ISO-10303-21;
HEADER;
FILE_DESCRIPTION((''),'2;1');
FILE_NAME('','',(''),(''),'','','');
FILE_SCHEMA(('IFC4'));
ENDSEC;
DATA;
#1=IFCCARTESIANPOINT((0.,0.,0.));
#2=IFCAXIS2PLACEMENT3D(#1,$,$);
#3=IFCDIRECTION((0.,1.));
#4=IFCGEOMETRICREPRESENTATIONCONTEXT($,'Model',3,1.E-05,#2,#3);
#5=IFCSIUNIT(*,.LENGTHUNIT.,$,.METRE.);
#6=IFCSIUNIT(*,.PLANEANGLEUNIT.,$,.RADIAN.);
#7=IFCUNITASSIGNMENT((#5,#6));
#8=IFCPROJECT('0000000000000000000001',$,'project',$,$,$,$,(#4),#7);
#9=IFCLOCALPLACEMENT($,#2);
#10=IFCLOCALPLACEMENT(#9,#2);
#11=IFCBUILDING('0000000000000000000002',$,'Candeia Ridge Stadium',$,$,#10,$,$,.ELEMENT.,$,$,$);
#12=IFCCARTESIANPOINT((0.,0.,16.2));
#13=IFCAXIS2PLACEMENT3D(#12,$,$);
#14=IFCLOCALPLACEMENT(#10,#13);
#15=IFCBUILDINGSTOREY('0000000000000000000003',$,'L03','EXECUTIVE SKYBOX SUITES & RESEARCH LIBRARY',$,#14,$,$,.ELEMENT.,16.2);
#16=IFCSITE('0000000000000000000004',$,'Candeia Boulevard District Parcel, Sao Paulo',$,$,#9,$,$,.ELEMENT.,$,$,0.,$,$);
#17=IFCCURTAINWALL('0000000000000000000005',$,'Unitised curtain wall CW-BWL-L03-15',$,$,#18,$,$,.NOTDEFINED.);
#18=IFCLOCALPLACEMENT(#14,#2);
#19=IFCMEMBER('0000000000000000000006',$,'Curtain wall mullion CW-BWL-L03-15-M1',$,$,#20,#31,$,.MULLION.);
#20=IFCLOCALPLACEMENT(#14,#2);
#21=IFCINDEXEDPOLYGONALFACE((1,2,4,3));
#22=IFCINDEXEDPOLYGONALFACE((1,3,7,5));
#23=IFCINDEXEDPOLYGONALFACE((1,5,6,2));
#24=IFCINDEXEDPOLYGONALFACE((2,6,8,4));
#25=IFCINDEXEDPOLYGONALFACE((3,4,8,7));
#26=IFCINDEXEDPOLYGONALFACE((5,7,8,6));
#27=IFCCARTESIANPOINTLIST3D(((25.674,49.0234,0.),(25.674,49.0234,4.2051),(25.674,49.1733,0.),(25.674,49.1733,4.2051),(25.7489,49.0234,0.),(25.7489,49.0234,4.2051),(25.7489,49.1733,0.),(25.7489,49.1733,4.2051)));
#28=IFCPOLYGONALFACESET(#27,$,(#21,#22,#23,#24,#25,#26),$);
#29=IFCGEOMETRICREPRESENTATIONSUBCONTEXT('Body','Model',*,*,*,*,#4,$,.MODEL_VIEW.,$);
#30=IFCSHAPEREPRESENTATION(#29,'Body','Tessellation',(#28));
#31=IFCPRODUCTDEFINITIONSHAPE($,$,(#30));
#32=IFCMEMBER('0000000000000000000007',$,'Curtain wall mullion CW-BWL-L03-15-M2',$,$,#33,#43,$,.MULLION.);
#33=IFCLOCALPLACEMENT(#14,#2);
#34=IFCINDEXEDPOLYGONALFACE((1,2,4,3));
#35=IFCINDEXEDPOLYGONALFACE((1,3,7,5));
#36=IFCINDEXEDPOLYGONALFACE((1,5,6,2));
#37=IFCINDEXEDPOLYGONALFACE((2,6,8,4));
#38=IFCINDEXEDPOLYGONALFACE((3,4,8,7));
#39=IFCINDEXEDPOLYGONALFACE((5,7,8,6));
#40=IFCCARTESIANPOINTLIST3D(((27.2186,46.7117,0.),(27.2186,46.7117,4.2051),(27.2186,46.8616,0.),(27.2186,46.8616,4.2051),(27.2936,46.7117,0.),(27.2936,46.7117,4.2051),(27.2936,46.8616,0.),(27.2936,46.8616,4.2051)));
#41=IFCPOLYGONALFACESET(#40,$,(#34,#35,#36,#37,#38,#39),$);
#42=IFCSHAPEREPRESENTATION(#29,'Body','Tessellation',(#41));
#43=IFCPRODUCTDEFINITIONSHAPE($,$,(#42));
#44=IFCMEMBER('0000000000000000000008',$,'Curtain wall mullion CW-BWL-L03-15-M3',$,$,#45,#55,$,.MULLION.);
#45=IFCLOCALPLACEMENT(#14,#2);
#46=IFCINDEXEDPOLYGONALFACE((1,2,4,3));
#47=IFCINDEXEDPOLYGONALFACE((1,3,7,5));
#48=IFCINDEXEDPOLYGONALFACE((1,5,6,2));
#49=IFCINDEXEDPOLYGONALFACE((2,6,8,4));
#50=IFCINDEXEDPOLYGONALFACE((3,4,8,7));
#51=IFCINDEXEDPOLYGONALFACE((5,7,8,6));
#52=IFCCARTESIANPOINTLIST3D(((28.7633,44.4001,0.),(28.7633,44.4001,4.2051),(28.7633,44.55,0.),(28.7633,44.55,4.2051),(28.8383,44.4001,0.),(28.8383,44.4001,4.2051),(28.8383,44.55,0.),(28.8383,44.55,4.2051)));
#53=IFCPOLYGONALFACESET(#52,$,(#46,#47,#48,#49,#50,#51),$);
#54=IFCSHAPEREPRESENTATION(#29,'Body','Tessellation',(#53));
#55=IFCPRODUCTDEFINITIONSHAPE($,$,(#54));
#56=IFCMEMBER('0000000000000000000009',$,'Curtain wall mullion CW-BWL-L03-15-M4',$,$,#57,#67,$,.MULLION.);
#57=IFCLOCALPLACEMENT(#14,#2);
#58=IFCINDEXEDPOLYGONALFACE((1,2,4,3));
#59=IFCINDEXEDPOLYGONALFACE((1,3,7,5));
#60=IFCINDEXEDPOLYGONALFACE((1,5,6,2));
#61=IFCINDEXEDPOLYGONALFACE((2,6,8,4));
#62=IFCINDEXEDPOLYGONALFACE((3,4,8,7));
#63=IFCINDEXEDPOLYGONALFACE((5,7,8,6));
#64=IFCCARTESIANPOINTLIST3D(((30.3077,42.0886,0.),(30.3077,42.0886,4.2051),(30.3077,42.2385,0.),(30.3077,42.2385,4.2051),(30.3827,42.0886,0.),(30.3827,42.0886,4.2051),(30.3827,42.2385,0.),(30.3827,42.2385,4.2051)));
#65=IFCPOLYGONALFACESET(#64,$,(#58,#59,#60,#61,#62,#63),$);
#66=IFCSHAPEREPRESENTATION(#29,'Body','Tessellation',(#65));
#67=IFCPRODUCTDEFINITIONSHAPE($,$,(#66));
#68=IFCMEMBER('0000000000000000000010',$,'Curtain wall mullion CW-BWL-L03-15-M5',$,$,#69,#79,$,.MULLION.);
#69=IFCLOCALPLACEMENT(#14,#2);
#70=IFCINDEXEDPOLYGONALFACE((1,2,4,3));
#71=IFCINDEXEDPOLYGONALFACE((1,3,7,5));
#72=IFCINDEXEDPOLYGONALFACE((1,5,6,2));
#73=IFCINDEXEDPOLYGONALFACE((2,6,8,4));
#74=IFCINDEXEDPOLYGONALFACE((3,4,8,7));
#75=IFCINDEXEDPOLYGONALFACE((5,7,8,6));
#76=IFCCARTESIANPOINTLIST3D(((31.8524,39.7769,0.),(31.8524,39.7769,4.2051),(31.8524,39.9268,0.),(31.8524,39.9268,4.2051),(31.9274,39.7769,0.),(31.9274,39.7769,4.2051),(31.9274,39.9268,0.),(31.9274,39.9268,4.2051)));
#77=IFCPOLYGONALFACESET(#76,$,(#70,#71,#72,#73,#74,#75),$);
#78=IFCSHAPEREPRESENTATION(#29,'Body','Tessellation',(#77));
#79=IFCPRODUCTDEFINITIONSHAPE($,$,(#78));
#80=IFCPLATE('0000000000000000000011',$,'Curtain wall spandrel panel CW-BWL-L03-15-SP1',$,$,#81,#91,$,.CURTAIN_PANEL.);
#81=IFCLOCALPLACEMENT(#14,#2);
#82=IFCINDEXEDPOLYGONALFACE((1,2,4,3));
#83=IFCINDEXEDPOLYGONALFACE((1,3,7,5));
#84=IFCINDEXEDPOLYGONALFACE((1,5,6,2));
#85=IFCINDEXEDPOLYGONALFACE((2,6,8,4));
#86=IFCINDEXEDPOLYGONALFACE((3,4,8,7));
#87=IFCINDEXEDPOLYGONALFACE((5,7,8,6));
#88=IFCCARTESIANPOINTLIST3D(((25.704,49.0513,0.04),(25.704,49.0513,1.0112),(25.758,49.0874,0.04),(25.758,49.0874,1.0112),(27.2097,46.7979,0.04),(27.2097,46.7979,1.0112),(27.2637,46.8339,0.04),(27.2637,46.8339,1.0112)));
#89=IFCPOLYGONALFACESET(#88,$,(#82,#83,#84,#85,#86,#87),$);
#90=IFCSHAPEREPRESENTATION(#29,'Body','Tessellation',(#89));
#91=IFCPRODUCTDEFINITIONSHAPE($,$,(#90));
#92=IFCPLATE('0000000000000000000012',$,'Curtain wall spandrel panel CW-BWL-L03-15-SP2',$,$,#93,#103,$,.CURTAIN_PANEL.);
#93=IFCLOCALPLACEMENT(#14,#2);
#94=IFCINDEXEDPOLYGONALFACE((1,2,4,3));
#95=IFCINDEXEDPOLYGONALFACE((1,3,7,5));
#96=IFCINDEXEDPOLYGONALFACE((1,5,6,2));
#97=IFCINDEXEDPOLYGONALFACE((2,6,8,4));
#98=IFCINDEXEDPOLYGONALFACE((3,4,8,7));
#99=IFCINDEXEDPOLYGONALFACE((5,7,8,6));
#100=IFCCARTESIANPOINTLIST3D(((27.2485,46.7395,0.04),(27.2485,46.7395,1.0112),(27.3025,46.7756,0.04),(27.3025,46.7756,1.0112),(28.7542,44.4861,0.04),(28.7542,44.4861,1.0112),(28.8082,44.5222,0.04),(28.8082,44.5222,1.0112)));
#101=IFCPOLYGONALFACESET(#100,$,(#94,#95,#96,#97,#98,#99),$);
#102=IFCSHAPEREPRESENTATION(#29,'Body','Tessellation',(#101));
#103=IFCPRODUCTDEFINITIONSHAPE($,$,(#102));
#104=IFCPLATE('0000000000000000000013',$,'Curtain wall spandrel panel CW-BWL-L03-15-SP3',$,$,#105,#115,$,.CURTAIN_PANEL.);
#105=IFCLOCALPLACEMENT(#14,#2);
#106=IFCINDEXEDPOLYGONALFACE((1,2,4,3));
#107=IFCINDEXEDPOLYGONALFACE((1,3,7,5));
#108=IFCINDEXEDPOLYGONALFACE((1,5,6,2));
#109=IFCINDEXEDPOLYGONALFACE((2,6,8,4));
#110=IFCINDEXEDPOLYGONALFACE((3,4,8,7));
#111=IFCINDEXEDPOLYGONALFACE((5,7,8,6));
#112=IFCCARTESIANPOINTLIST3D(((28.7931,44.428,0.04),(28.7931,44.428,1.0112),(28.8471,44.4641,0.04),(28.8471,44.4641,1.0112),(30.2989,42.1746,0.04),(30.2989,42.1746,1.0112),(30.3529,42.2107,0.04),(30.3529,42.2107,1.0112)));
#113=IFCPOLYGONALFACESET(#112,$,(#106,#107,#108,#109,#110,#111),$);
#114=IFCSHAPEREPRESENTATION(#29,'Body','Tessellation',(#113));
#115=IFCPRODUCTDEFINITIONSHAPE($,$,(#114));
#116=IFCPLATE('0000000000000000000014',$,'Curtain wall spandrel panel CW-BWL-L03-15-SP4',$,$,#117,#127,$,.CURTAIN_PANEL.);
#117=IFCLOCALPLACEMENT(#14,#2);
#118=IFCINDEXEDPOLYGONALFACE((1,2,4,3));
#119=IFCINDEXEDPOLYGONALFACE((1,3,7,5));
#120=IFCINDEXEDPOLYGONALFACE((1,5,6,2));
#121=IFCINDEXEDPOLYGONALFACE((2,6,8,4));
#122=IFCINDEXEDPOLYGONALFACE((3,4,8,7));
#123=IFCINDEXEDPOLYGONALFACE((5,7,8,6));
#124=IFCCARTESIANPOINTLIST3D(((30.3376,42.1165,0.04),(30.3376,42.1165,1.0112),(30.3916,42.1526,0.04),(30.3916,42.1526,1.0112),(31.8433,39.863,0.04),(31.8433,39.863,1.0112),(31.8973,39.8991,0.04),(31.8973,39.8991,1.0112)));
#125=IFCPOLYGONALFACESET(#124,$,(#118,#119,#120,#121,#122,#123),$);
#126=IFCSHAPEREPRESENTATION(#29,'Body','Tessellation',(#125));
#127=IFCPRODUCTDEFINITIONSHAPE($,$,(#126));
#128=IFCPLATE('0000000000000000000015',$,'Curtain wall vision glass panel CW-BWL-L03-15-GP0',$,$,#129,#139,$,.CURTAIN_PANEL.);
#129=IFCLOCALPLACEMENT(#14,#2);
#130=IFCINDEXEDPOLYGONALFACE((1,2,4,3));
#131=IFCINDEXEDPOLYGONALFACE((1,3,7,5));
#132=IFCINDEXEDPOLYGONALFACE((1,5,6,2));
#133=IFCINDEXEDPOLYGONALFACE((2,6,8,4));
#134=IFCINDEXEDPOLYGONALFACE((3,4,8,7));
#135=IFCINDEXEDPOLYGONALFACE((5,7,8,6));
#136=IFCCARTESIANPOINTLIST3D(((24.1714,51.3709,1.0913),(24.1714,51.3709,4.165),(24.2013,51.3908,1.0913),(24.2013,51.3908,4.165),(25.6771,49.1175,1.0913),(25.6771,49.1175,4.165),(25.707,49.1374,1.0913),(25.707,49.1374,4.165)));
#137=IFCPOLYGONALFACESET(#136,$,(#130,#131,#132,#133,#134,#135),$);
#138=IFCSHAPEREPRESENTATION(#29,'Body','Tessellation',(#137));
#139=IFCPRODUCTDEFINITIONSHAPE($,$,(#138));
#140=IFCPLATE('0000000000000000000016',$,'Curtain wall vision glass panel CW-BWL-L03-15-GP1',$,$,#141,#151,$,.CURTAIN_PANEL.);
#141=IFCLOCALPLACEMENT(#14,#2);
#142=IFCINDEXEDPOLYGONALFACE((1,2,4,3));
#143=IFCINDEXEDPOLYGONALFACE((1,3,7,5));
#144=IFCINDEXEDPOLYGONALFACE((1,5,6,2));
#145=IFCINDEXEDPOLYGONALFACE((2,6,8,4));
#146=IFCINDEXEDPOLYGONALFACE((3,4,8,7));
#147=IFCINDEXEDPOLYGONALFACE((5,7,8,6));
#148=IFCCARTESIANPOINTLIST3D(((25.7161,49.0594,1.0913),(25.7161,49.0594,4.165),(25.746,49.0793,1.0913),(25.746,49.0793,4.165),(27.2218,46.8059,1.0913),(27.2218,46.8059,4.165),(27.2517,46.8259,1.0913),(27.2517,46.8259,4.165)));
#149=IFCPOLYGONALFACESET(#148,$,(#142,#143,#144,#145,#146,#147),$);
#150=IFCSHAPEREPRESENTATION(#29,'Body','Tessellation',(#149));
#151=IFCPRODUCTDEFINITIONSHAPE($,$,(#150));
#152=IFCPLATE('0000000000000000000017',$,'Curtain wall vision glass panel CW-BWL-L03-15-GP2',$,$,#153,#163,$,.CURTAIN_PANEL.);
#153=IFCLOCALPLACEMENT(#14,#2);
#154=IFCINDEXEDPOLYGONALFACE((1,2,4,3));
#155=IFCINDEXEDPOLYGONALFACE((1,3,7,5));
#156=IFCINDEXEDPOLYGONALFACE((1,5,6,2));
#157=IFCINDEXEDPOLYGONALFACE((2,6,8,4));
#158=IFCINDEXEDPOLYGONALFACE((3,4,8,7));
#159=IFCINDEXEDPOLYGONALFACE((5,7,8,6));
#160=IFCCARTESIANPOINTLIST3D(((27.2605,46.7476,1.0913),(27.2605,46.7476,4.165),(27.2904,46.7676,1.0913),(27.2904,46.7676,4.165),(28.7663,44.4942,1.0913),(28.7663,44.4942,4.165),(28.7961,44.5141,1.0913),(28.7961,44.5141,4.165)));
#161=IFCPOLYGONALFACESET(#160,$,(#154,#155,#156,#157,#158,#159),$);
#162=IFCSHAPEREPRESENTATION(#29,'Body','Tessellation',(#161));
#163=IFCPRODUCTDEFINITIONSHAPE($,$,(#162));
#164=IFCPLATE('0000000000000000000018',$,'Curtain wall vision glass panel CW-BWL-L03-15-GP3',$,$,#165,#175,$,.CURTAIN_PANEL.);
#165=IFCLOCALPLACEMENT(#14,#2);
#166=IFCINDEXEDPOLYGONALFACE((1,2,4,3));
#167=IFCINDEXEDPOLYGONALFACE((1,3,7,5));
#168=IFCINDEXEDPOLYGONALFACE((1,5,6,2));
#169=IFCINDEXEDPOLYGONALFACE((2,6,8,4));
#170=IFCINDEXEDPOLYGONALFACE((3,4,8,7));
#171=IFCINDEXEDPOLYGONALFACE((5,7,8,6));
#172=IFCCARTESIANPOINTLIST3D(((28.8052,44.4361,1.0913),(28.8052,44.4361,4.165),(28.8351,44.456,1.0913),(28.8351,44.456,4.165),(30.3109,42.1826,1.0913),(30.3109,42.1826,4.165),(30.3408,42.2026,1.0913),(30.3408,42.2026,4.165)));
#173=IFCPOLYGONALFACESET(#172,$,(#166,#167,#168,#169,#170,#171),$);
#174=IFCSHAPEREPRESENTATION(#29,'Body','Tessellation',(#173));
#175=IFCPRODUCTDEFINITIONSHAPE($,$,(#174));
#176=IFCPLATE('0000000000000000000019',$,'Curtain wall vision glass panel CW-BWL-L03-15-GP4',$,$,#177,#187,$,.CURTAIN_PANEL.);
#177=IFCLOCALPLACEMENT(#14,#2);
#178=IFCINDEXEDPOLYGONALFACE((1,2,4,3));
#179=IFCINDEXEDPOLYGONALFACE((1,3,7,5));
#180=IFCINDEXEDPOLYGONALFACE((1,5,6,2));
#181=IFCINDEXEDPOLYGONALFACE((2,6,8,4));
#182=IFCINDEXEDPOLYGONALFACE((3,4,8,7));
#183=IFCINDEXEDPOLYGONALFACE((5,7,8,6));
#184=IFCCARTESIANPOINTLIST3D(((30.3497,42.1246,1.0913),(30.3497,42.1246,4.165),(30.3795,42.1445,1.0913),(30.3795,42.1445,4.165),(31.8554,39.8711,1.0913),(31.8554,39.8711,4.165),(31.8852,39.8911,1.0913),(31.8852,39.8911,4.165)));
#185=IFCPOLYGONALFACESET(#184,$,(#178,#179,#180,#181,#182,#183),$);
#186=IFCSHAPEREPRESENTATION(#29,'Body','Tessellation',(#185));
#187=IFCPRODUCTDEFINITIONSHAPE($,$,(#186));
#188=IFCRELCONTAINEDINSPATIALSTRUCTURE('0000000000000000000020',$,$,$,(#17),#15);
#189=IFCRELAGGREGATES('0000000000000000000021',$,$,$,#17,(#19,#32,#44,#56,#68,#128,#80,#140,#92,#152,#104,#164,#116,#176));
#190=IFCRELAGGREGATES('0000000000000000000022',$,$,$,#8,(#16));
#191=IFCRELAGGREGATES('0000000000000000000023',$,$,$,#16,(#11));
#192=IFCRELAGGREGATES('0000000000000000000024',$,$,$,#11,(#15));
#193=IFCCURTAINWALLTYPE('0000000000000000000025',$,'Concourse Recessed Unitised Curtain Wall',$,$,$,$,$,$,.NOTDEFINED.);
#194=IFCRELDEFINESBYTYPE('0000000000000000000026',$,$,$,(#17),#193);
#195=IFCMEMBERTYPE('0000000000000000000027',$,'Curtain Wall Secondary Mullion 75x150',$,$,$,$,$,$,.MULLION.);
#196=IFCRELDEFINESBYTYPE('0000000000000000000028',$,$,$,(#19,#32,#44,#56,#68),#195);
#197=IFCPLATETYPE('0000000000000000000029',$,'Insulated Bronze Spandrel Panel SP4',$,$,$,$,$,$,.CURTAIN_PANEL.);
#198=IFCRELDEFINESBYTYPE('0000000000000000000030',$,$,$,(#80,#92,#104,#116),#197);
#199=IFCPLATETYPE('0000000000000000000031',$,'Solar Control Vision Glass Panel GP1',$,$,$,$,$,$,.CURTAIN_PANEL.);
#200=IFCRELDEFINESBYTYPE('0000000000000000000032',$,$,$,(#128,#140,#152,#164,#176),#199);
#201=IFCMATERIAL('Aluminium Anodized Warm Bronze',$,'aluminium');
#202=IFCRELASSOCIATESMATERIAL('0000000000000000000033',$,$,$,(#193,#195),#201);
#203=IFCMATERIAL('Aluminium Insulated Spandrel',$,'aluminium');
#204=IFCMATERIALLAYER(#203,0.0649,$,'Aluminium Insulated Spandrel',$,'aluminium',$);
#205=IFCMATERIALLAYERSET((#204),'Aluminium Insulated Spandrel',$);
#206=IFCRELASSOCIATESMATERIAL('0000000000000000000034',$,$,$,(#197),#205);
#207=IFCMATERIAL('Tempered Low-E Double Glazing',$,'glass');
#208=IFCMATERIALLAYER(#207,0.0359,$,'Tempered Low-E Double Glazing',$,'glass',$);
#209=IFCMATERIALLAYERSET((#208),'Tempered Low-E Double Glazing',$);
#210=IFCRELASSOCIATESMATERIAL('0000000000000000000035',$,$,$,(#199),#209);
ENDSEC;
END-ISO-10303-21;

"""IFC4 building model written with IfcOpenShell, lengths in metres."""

from ifc_helpers import new_model, si_unit, direction, frame, origin, origin_2d, place, context, subcontext, project, spatial, rectangle, extrude, material, layer, layer_set, material_profile, profile_set, type_object, element, aggregate, save


model = new_model("IFC4")

# Units and contexts
model_context = context("Model", 3, precision=1e-05, world=origin(), true_north=direction((0.0, 1.0)))
body_context = subcontext(model_context, "Body", "Model", "MODEL_VIEW")
ifc_project = project(units=[si_unit("LENGTHUNIT", "METRE"), si_unit("PLANEANGLEUNIT", "RADIAN")], contexts=[model_context])

# Site, building, storey
site_placement = place(None, origin())
site = spatial("IfcSite", under=ifc_project, at=site_placement, Name="Candeia Boulevard District Parcel, Sao Paulo", CompositionType="ELEMENT", RefElevation=0.0)
building_placement = place(site_placement, origin())
building = spatial("IfcBuilding", under=site, at=building_placement, Name="Candeia Ridge Stadium", CompositionType="ELEMENT")
storey_placement = place(building_placement, frame((0.0, 0.0, 16.2)))
storey = spatial("IfcBuildingStorey", under=building, at=storey_placement, Name="L03", Description="EXECUTIVE SKYBOX SUITES & RESEARCH LIBRARY", CompositionType="ELEMENT", Elevation=16.2)

# Curtain wall, members, plates
ifc_material_1 = material(Name="Aluminium Anodized Warm Bronze", Category="aluminium")
curtain_wall_type = type_object("IfcCurtainWallType", Name="Concourse Recessed Unitised Curtain Wall", PredefinedType="NOTDEFINED", material=ifc_material_1)
curtain_wall_placement = place(storey_placement, origin())
curtain_wall = element("IfcCurtainWall", 1, at=curtain_wall_placement, inside=storey, type_object=curtain_wall_type, Name="Unitised curtain wall CW-BWL-L03-15", PredefinedType="NOTDEFINED")
ifc_material_profile = material_profile(ifc_material_1, rectangle(XDim=0.075, YDim=0.1499, at=origin_2d()), Name="CWM-75x150", Category="aluminium")
ifc_profile_set = profile_set([ifc_material_profile], Name="Aluminium Anodized Warm Bronze")
member_type = type_object("IfcMemberType", Name="Curtain Wall Secondary Mullion 75x150", PredefinedType="MULLION", material=ifc_profile_set)
member_1_placement = place(storey_placement, frame((25.7114, 49.0984, 0.0), z_axis=(0.0, 0.0, 1.0), x_axis=(1.0, 0.0, 0.0)))
member_1 = element("IfcMember", 2, at=member_1_placement, type_object=member_type, Name="Curtain wall mullion CW-BWL-L03-15-M1", PredefinedType="MULLION", context=body_context, shape_type="SweptSolid", body=[
    extrude(rectangle(XDim=0.075, YDim=0.1499, at=origin_2d()), origin(), (0.0, 0.0, 1.0), 4.2051),
])
member_2_placement = place(storey_placement, frame((27.2561, 46.7866, 0.0), z_axis=(0.0, 0.0, 1.0), x_axis=(1.0, 0.0, 0.0)))
member_2 = element("IfcMember", 3, at=member_2_placement, type_object=member_type, Name="Curtain wall mullion CW-BWL-L03-15-M2", PredefinedType="MULLION", context=body_context, shape_type="SweptSolid", body=[
    extrude(rectangle(XDim=0.075, YDim=0.1499, at=origin_2d()), origin(), (0.0, 0.0, 1.0), 4.2051),
])
member_3_placement = place(storey_placement, frame((28.8008, 44.4751, 0.0), z_axis=(0.0, 0.0, 1.0), x_axis=(1.0, 0.0, 0.0)))
member_3 = element("IfcMember", 4, at=member_3_placement, type_object=member_type, Name="Curtain wall mullion CW-BWL-L03-15-M3", PredefinedType="MULLION", context=body_context, shape_type="SweptSolid", body=[
    extrude(rectangle(XDim=0.075, YDim=0.1499, at=origin_2d()), origin(), (0.0, 0.0, 1.0), 4.2051),
])
member_4_placement = place(storey_placement, frame((30.3452, 42.1636, 0.0), z_axis=(0.0, 0.0, 1.0), x_axis=(1.0, 0.0, 0.0)))
member_4 = element("IfcMember", 5, at=member_4_placement, type_object=member_type, Name="Curtain wall mullion CW-BWL-L03-15-M4", PredefinedType="MULLION", context=body_context, shape_type="SweptSolid", body=[
    extrude(rectangle(XDim=0.075, YDim=0.1499, at=origin_2d()), origin(), (0.0, 0.0, 1.0), 4.2051),
])
member_5_placement = place(storey_placement, frame((31.8899, 39.8518, 0.0), z_axis=(0.0, 0.0, 1.0), x_axis=(1.0, 0.0, 0.0)))
member_5 = element("IfcMember", 6, at=member_5_placement, type_object=member_type, Name="Curtain wall mullion CW-BWL-L03-15-M5", PredefinedType="MULLION", context=body_context, shape_type="SweptSolid", body=[
    extrude(rectangle(XDim=0.075, YDim=0.1499, at=origin_2d()), origin(), (0.0, 0.0, 1.0), 4.2051),
])
ifc_material_2 = material(Name="Aluminium Insulated Spandrel", Category="aluminium")
ifc_layer_1 = layer(ifc_material_2, 0.0649, Name="Aluminium Insulated Spandrel", Category="aluminium")
ifc_layer_set_1 = layer_set([ifc_layer_1], Name="Aluminium Insulated Spandrel")
plate_type_1 = type_object("IfcPlateType", Name="Insulated Bronze Spandrel Panel SP4", PredefinedType="CURTAIN_PANEL", material=ifc_layer_set_1)
plate_1_placement = place(storey_placement, frame((26.4839, 47.9426, 0.04), z_axis=(0.0, 0.0, 1.0), x_axis=(0.555571, -0.831469, 0.0)))
plate_1 = element("IfcPlate", 7, at=plate_1_placement, type_object=plate_type_1, Name="Curtain wall spandrel panel CW-BWL-L03-15-SP1", PredefinedType="CURTAIN_PANEL", context=body_context, shape_type="SweptSolid", body=[
    extrude(rectangle(XDim=2.7102, YDim=0.0649, at=origin_2d()), origin(), (0.0, 0.0, 1.0), 0.9712),
])
plate_2_placement = place(storey_placement, frame((28.0283, 45.6309, 0.04), z_axis=(0.0, 0.0, 1.0), x_axis=(0.555571, -0.831469, 0.0)))
plate_2 = element("IfcPlate", 8, at=plate_2_placement, type_object=plate_type_1, Name="Curtain wall spandrel panel CW-BWL-L03-15-SP2", PredefinedType="CURTAIN_PANEL", context=body_context, shape_type="SweptSolid", body=[
    extrude(rectangle(XDim=2.7102, YDim=0.0649, at=origin_2d()), origin(), (0.0, 0.0, 1.0), 0.9712),
])
plate_3_placement = place(storey_placement, frame((29.573, 43.3193, 0.04), z_axis=(0.0, 0.0, 1.0), x_axis=(0.555571, -0.831469, 0.0)))
plate_3 = element("IfcPlate", 9, at=plate_3_placement, type_object=plate_type_1, Name="Curtain wall spandrel panel CW-BWL-L03-15-SP3", PredefinedType="CURTAIN_PANEL", context=body_context, shape_type="SweptSolid", body=[
    extrude(rectangle(XDim=2.7102, YDim=0.0649, at=origin_2d()), origin(), (0.0, 0.0, 1.0), 0.9712),
])
plate_4_placement = place(storey_placement, frame((31.1174, 41.0078, 0.04), z_axis=(0.0, 0.0, 1.0), x_axis=(0.555571, -0.831469, 0.0)))
plate_4 = element("IfcPlate", 10, at=plate_4_placement, type_object=plate_type_1, Name="Curtain wall spandrel panel CW-BWL-L03-15-SP4", PredefinedType="CURTAIN_PANEL", context=body_context, shape_type="SweptSolid", body=[
    extrude(rectangle(XDim=2.7102, YDim=0.0649, at=origin_2d()), origin(), (0.0, 0.0, 1.0), 0.9712),
])
ifc_material_3 = material(Name="Tempered Low-E Double Glazing", Category="glass")
ifc_layer_2 = layer(ifc_material_3, 0.0359, Name="Tempered Low-E Double Glazing", Category="glass")
ifc_layer_set_2 = layer_set([ifc_layer_2], Name="Tempered Low-E Double Glazing")
plate_type_2 = type_object("IfcPlateType", Name="Solar Control Vision Glass Panel GP1", PredefinedType="CURTAIN_PANEL", material=ifc_layer_set_2)
plate_5_placement = place(storey_placement, frame((24.9392, 50.2542, 1.0913), z_axis=(0.0, 0.0, 1.0), x_axis=(0.555571, -0.831469, 0.0)))
plate_5 = element("IfcPlate", 11, at=plate_5_placement, type_object=plate_type_2, Name="Curtain wall vision glass panel CW-BWL-L03-15-GP0", PredefinedType="CURTAIN_PANEL", context=body_context, shape_type="SweptSolid", body=[
    extrude(rectangle(XDim=2.7102, YDim=0.0359, at=origin_2d()), origin(), (0.0, 0.0, 1.0), 3.0737),
])
plate_6_placement = place(storey_placement, frame((26.4839, 47.9426, 1.0913), z_axis=(0.0, 0.0, 1.0), x_axis=(0.555571, -0.831469, 0.0)))
plate_6 = element("IfcPlate", 12, at=plate_6_placement, type_object=plate_type_2, Name="Curtain wall vision glass panel CW-BWL-L03-15-GP1", PredefinedType="CURTAIN_PANEL", context=body_context, shape_type="SweptSolid", body=[
    extrude(rectangle(XDim=2.7102, YDim=0.0359, at=origin_2d()), origin(), (0.0, 0.0, 1.0), 3.0737),
])
plate_7_placement = place(storey_placement, frame((28.0283, 45.6309, 1.0913), z_axis=(0.0, 0.0, 1.0), x_axis=(0.555571, -0.831469, 0.0)))
plate_7 = element("IfcPlate", 13, at=plate_7_placement, type_object=plate_type_2, Name="Curtain wall vision glass panel CW-BWL-L03-15-GP2", PredefinedType="CURTAIN_PANEL", context=body_context, shape_type="SweptSolid", body=[
    extrude(rectangle(XDim=2.7102, YDim=0.0359, at=origin_2d()), origin(), (0.0, 0.0, 1.0), 3.0737),
])
plate_8_placement = place(storey_placement, frame((29.573, 43.3193, 1.0913), z_axis=(0.0, 0.0, 1.0), x_axis=(0.555571, -0.831469, 0.0)))
plate_8 = element("IfcPlate", 14, at=plate_8_placement, type_object=plate_type_2, Name="Curtain wall vision glass panel CW-BWL-L03-15-GP3", PredefinedType="CURTAIN_PANEL", context=body_context, shape_type="SweptSolid", body=[
    extrude(rectangle(XDim=2.7102, YDim=0.0359, at=origin_2d()), origin(), (0.0, 0.0, 1.0), 3.0737),
])
plate_9_placement = place(storey_placement, frame((31.1174, 41.0078, 1.0913), z_axis=(0.0, 0.0, 1.0), x_axis=(0.555571, -0.831469, 0.0)))
plate_9 = element("IfcPlate", 15, at=plate_9_placement, type_object=plate_type_2, Name="Curtain wall vision glass panel CW-BWL-L03-15-GP4", PredefinedType="CURTAIN_PANEL", context=body_context, shape_type="SweptSolid", body=[
    extrude(rectangle(XDim=2.7102, YDim=0.0359, at=origin_2d()), origin(), (0.0, 0.0, 1.0), 3.0737),
])
aggregate(curtain_wall, [member_1, member_2, member_3, member_4, member_5, plate_5, plate_1, plate_6, plate_2, plate_7, plate_3, plate_8, plate_4, plate_9])

save(model, "model.ifc")
